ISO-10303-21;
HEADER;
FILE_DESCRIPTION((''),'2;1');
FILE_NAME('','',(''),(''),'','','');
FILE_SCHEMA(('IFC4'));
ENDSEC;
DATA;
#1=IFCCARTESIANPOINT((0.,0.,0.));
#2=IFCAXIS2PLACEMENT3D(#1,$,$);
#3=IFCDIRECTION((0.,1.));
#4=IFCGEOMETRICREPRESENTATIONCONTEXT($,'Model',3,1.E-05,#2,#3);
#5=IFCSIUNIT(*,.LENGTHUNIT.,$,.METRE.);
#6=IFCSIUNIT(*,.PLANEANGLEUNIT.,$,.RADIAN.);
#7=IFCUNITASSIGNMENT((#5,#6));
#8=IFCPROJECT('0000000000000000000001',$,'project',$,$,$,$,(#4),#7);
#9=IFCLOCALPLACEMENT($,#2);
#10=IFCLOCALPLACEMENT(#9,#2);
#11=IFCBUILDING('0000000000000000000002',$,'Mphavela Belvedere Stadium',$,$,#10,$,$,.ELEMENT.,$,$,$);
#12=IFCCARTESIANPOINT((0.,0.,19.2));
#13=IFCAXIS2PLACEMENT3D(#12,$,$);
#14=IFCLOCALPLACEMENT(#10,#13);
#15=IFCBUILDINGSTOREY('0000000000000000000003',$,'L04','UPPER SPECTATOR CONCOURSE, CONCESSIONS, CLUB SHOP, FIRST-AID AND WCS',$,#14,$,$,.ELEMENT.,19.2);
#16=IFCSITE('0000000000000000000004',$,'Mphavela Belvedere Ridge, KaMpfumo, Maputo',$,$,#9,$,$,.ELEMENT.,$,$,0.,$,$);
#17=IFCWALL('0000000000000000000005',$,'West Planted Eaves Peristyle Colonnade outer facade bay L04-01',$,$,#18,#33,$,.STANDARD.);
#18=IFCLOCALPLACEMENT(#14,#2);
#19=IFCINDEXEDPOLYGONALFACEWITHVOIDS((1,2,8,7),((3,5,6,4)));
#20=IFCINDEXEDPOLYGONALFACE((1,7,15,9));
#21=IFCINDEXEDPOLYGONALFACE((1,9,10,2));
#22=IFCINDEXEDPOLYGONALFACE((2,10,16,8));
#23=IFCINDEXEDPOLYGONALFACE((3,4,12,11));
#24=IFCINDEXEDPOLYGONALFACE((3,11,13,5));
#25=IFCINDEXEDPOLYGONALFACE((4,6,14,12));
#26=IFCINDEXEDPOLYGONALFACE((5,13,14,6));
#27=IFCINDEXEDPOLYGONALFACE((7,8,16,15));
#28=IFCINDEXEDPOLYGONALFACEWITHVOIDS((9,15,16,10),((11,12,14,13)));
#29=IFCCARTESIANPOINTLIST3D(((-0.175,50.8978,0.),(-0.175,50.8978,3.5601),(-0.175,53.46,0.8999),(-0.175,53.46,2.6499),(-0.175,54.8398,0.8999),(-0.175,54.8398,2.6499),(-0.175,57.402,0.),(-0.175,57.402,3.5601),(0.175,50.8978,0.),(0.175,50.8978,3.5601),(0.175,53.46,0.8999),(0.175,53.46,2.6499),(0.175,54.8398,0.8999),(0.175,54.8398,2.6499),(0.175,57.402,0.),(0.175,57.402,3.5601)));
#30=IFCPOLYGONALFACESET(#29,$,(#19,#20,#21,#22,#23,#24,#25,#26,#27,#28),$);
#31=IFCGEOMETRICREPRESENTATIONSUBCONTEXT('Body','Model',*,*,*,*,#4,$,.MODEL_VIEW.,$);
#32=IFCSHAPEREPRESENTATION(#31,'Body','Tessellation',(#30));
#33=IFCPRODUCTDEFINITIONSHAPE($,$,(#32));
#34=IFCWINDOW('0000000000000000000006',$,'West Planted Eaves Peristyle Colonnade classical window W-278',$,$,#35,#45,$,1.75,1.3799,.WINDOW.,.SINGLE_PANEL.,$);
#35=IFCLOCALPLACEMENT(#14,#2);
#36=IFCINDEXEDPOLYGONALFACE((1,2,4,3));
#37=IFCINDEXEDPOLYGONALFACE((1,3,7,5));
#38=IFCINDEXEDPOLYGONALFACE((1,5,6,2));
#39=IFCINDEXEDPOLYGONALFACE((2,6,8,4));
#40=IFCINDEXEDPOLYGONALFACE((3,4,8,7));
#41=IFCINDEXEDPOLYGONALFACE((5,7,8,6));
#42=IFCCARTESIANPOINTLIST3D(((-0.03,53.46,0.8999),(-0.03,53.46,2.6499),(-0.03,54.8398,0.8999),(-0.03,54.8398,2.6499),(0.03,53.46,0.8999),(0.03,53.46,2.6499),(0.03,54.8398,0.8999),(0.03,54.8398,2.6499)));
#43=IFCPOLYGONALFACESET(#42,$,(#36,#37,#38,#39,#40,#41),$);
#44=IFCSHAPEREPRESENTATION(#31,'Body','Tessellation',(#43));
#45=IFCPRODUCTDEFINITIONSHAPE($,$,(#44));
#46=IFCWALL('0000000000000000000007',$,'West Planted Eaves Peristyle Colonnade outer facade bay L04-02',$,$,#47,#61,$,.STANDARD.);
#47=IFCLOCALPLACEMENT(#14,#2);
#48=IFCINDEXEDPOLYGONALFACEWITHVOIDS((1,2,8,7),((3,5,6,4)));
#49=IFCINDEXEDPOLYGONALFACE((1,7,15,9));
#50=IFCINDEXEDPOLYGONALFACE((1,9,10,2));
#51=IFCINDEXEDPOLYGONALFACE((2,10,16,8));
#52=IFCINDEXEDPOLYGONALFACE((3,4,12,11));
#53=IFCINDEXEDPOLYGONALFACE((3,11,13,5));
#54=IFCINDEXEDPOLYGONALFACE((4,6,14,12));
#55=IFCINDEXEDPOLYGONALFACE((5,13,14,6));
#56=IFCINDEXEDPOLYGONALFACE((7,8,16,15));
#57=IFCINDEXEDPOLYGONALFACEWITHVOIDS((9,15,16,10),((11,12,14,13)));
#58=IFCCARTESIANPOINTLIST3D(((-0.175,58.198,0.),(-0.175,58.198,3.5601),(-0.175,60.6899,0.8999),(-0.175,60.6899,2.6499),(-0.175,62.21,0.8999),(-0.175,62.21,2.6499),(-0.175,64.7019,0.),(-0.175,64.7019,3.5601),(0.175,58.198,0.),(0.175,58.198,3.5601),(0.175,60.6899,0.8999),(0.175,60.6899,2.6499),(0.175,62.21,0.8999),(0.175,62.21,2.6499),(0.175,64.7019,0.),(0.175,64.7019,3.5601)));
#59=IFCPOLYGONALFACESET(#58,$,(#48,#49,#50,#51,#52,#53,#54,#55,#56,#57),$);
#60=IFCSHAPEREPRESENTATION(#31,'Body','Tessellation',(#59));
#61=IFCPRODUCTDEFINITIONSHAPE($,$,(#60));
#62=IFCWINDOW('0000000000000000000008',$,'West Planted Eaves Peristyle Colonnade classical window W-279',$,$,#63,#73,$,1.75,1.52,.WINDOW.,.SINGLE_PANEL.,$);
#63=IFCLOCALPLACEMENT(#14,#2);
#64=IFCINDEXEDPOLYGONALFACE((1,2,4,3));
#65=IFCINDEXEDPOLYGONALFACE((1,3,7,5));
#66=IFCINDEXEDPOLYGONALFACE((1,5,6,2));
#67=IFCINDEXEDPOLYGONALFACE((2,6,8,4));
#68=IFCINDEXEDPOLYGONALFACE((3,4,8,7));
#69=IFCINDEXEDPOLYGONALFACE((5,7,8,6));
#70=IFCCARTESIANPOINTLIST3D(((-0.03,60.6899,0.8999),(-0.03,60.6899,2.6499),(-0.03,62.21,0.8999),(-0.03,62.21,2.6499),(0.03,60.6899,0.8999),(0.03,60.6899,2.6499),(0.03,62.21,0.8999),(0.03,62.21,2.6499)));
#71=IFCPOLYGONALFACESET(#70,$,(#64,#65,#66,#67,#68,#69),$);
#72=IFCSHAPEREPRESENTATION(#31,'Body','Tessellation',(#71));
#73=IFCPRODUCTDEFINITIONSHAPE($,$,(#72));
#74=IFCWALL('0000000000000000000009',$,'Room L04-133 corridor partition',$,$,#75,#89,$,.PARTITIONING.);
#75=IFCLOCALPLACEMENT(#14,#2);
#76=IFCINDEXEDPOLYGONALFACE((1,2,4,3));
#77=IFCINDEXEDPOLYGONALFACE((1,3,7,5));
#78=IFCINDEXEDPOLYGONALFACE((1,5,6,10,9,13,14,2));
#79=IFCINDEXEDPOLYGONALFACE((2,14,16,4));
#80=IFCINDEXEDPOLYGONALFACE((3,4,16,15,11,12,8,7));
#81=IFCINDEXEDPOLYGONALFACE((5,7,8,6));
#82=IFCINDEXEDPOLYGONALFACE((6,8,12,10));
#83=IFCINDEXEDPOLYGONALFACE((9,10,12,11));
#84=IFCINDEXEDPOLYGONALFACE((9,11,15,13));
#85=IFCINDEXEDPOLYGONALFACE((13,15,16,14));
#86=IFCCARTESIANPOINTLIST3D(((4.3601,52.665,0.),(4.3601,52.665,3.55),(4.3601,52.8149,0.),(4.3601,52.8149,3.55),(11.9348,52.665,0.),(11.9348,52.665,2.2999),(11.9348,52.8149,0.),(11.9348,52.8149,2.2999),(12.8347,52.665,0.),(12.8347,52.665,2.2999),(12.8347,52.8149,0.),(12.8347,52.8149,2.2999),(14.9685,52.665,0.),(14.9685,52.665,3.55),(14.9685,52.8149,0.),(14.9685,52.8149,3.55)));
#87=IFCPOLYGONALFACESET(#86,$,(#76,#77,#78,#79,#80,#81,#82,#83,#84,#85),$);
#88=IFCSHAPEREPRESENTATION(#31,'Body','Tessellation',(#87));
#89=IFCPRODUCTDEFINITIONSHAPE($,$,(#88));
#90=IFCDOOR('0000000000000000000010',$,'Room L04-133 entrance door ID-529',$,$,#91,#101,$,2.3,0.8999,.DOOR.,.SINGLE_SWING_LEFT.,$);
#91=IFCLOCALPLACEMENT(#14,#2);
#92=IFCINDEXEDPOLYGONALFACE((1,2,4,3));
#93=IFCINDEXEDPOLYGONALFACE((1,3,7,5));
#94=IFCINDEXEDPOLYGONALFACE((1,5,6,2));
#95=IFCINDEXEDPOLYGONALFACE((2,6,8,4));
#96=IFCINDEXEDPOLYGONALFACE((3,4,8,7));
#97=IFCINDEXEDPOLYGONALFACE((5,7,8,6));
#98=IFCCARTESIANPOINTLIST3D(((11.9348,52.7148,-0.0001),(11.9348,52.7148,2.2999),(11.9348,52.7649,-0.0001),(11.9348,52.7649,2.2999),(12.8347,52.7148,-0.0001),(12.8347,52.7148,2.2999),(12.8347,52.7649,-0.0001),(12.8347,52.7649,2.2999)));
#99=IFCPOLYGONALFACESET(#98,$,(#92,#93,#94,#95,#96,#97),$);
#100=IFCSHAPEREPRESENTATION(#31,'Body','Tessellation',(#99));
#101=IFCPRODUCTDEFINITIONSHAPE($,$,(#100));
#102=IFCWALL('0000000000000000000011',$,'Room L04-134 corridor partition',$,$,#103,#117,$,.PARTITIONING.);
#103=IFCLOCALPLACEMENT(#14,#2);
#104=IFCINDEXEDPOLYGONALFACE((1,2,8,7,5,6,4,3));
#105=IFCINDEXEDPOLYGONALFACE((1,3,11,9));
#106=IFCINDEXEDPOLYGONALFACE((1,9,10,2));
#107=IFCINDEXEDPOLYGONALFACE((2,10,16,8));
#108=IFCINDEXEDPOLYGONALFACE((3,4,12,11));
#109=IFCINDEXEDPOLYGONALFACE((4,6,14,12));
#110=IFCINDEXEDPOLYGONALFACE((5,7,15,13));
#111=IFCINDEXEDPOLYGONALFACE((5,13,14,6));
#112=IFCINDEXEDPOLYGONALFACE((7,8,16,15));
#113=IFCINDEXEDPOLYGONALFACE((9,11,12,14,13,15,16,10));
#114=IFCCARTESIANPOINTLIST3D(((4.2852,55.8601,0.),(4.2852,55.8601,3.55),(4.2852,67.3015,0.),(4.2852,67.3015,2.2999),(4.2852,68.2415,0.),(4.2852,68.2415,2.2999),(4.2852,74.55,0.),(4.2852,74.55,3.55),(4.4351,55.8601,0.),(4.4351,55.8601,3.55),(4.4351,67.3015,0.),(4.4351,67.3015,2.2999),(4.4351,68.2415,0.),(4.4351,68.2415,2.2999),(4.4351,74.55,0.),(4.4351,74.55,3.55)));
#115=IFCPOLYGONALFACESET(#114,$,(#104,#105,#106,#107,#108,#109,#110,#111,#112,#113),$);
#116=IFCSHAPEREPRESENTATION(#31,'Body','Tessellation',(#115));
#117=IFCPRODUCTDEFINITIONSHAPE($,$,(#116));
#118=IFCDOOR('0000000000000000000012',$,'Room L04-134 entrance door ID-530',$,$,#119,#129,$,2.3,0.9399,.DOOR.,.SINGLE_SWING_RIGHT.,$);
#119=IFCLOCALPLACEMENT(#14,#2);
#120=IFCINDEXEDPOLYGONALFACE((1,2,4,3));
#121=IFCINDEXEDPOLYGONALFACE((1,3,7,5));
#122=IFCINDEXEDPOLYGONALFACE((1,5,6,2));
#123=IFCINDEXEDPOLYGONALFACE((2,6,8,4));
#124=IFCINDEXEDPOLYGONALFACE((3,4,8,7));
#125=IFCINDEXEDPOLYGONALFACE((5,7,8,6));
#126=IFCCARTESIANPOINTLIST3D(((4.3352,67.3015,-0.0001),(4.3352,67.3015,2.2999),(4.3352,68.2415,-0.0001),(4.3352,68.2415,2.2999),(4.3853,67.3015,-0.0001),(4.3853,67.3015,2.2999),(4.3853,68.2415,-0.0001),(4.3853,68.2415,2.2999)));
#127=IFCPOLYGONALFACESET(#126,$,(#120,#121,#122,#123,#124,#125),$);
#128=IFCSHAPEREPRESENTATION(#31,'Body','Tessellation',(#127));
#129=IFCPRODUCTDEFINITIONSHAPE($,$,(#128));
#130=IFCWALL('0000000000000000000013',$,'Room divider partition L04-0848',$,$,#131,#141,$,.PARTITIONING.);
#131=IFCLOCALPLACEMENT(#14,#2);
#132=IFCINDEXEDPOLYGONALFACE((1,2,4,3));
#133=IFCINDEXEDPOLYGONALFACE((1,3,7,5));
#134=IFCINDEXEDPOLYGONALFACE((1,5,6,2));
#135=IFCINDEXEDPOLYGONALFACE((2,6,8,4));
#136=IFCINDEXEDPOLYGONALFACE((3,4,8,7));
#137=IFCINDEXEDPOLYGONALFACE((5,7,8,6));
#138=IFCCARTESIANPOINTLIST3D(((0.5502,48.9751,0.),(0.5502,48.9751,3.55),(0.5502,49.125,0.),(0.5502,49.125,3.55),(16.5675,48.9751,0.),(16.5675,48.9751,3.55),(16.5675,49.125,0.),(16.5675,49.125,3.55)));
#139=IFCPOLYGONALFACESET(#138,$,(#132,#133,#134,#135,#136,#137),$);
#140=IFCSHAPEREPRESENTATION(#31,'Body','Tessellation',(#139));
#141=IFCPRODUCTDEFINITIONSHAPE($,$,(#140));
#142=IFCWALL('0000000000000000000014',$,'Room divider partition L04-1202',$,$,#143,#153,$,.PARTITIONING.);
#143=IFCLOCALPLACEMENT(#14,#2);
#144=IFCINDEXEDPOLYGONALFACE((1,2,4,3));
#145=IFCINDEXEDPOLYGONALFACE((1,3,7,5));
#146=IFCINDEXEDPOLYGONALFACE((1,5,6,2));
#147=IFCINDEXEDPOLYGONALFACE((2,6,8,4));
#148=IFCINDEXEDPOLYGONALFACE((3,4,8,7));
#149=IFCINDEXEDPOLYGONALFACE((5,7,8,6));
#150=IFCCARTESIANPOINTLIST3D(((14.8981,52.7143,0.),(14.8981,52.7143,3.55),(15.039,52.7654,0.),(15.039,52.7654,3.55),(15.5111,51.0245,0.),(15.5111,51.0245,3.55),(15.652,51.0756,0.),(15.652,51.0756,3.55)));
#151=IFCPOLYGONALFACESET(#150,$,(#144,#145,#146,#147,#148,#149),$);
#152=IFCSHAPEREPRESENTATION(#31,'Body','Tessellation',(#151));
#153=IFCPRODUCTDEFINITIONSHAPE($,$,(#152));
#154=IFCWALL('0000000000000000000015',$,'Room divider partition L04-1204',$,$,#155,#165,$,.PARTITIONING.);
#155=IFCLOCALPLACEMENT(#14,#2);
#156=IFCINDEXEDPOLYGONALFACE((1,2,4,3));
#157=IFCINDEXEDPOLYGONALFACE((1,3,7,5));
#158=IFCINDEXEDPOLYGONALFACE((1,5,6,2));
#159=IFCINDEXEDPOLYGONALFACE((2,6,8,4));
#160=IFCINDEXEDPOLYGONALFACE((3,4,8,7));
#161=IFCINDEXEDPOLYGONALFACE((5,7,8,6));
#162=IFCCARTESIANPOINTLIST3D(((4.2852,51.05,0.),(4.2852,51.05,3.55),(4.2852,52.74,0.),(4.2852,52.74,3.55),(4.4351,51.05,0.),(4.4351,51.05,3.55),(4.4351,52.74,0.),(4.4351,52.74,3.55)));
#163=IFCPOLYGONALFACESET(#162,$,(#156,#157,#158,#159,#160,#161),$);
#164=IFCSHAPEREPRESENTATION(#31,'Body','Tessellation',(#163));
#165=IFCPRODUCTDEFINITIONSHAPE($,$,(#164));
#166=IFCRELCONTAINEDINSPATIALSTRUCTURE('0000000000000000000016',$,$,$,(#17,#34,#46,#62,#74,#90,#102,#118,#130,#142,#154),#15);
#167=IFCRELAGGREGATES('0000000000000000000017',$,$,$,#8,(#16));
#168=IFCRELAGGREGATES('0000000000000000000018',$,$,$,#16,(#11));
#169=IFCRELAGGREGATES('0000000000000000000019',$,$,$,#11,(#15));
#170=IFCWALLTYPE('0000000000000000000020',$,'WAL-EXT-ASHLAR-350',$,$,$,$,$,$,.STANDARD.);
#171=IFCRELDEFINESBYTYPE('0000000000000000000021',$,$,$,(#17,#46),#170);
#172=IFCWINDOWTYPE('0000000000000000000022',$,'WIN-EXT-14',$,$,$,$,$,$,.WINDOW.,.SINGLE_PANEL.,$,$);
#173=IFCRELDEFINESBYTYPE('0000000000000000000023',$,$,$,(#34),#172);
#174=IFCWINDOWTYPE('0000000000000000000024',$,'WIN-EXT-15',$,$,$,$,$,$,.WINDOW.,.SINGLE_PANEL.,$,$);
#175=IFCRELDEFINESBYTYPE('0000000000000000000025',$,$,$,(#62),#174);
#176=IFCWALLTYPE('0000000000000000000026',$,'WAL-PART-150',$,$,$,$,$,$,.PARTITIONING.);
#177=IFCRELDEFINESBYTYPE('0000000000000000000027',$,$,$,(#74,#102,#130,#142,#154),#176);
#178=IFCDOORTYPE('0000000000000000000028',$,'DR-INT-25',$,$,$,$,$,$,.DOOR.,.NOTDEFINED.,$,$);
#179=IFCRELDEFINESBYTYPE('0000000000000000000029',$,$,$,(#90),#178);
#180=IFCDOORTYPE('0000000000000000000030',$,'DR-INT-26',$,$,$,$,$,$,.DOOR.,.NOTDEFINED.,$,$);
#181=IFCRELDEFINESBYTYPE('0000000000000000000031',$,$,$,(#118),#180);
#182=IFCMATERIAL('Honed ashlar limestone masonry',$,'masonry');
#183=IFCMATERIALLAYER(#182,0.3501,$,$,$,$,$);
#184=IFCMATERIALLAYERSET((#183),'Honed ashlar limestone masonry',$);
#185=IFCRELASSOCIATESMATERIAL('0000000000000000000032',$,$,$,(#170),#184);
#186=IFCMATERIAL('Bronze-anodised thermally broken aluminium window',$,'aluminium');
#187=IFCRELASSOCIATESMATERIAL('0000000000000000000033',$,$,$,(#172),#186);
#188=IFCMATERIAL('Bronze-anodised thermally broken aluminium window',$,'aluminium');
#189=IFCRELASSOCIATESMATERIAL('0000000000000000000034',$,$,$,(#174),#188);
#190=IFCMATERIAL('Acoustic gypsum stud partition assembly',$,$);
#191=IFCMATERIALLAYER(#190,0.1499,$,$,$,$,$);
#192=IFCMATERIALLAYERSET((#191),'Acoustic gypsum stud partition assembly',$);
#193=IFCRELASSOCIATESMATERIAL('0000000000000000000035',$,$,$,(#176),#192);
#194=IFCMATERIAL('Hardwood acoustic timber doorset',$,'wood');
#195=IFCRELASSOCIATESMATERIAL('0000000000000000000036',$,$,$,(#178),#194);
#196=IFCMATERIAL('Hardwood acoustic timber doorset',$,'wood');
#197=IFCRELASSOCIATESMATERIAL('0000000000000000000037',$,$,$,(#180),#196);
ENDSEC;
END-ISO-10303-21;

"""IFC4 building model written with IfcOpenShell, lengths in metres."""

from ifc_helpers import new_model, si_unit, direction, frame, frame_2d, origin, place, context, subcontext, project, spatial, rectangle, extrude, material, layer, layer_set, type_object, element, fill, save


model = new_model("IFC4")

# Units and contexts
model_context = context("Model", 3, precision=1e-05, world=origin(), true_north=direction((0.0, 1.0)))
body_context = subcontext(model_context, "Body", "Model", "MODEL_VIEW")
ifc_project = project(units=[si_unit("LENGTHUNIT", "METRE"), si_unit("PLANEANGLEUNIT", "RADIAN")], contexts=[model_context])

# Site, building, storey
site_placement = place(None, origin())
site = spatial("IfcSite", under=ifc_project, at=site_placement, Name="Mphavela Belvedere Ridge, KaMpfumo, Maputo", CompositionType="ELEMENT", RefElevation=0.0)
building_placement = place(site_placement, origin())
building = spatial("IfcBuilding", under=site, at=building_placement, Name="Mphavela Belvedere Stadium", CompositionType="ELEMENT")
storey_placement = place(building_placement, frame((0.0, 0.0, 19.2)))
storey = spatial("IfcBuildingStorey", under=building, at=storey_placement, Name="L04", Description="UPPER SPECTATOR CONCOURSE, CONCESSIONS, CLUB SHOP, FIRST-AID AND WCS", CompositionType="ELEMENT", Elevation=19.2)

# Walls, openings, windows
ifc_material_1 = material(Name="Honed ashlar limestone masonry", Category="masonry")
ifc_layer_1 = layer(ifc_material_1, 0.3501)
ifc_layer_set_1 = layer_set([ifc_layer_1], Name="Honed ashlar limestone masonry")
wall_type_1 = type_object("IfcWallType", Name="WAL-EXT-ASHLAR-350", PredefinedType="STANDARD", material=ifc_layer_set_1)
wall_1_placement = place(storey_placement, frame((0.0, 50.8979, 0.0), z_axis=(0.0, 0.0, 1.0), x_axis=(0.0, 1.0, 0.0)))
wall_1 = element("IfcWall", 1, at=wall_1_placement, inside=storey, type_object=wall_type_1, Name="West Planted Eaves Peristyle Colonnade outer facade bay L04-01", PredefinedType="STANDARD", context=body_context, shape_type="SweptSolid", body=[
    extrude(rectangle(XDim=6.5042, YDim=0.3501, at=frame_2d((3.252, 0.0))), origin(), (0.0, 0.0, 1.0), 3.5601),
])
opening_1_placement = place(wall_1_placement, frame((2.562, 0.0, 0.8999)))
opening_1 = element("IfcOpeningElement", 2, at=opening_1_placement, cuts=wall_1, PredefinedType="OPENING", context=body_context, shape_type="SweptSolid", body=[
    extrude(rectangle(XDim=1.3799, YDim=1.75, at=frame_2d((0.6899, 0.875))), frame((0.0, 0.1851, 0.0), z_axis=(0.0, -1.0, 0.0), x_axis=(1.0, 0.0, 0.0)), (0.0, 0.0, 1.0), 0.3701),
])
ifc_material_2 = material(Name="Bronze-anodised thermally broken aluminium window", Category="aluminium")
window_type_1 = type_object("IfcWindowType", Name="WIN-EXT-14", PartitioningType="SINGLE_PANEL", PredefinedType="WINDOW", material=ifc_material_2)
window_1_placement = place(opening_1_placement, origin())
window_1 = element("IfcWindow", 3, at=window_1_placement, inside=storey, type_object=window_type_1, Name="West Planted Eaves Peristyle Colonnade classical window W-278", OverallHeight=1.75, OverallWidth=1.3799, PartitioningType="SINGLE_PANEL", PredefinedType="WINDOW", context=body_context, shape_type="SweptSolid", body=[
    extrude(rectangle(XDim=1.3799, YDim=1.75, at=frame_2d((0.6899, 0.875))), frame((0.0, 0.03, 0.0), z_axis=(0.0, -1.0, 0.0), x_axis=(1.0, 0.0, 0.0)), (0.0, 0.0, 1.0), 0.0601),
])
fill(opening_1, window_1)
wall_2_placement = place(storey_placement, frame((0.0, 58.198, 0.0), z_axis=(0.0, 0.0, 1.0), x_axis=(0.0, 1.0, 0.0)))
wall_2 = element("IfcWall", 4, at=wall_2_placement, inside=storey, type_object=wall_type_1, Name="West Planted Eaves Peristyle Colonnade outer facade bay L04-02", PredefinedType="STANDARD", context=body_context, shape_type="SweptSolid", body=[
    extrude(rectangle(XDim=6.5039, YDim=0.3501, at=frame_2d((3.252, 0.0))), origin(), (0.0, 0.0, 1.0), 3.5601),
])
opening_2_placement = place(wall_2_placement, frame((2.4919, 0.0, 0.8999)))
opening_2 = element("IfcOpeningElement", 5, at=opening_2_placement, cuts=wall_2, PredefinedType="OPENING", context=body_context, shape_type="SweptSolid", body=[
    extrude(rectangle(XDim=1.52, YDim=1.75, at=frame_2d((0.76, 0.875))), frame((0.0, 0.1851, 0.0), z_axis=(0.0, -1.0, 0.0), x_axis=(1.0, 0.0, 0.0)), (0.0, 0.0, 1.0), 0.3701),
])
ifc_material_3 = material(Name="Bronze-anodised thermally broken aluminium window", Category="aluminium")
window_type_2 = type_object("IfcWindowType", Name="WIN-EXT-15", PartitioningType="SINGLE_PANEL", PredefinedType="WINDOW", material=ifc_material_3)
window_2_placement = place(opening_2_placement, origin())
window_2 = element("IfcWindow", 6, at=window_2_placement, inside=storey, type_object=window_type_2, Name="West Planted Eaves Peristyle Colonnade classical window W-279", OverallHeight=1.75, OverallWidth=1.52, PartitioningType="SINGLE_PANEL", PredefinedType="WINDOW", context=body_context, shape_type="SweptSolid", body=[
    extrude(rectangle(XDim=1.52, YDim=1.75, at=frame_2d((0.76, 0.875))), frame((0.0, 0.03, 0.0), z_axis=(0.0, -1.0, 0.0), x_axis=(1.0, 0.0, 0.0)), (0.0, 0.0, 1.0), 0.0601),
])
fill(opening_2, window_2)

# Walls, openings, doors
ifc_material_4 = material(Name="Acoustic gypsum stud partition assembly")
ifc_layer_2 = layer(ifc_material_4, 0.1499)
ifc_layer_set_2 = layer_set([ifc_layer_2], Name="Acoustic gypsum stud partition assembly")
wall_type_2 = type_object("IfcWallType", Name="WAL-PART-150", PredefinedType="PARTITIONING", material=ifc_layer_set_2)
wall_3_placement = place(storey_placement, frame((4.3601, 52.74, 0.0), z_axis=(0.0, 0.0, 1.0), x_axis=(1.0, 0.0, 0.0)))
wall_3 = element("IfcWall", 7, at=wall_3_placement, inside=storey, type_object=wall_type_2, Name="Room L04-133 corridor partition", PredefinedType="PARTITIONING", context=body_context, shape_type="SweptSolid", body=[
    extrude(rectangle(XDim=10.6084, YDim=0.1499, at=frame_2d((5.3042, 0.0))), origin(), (0.0, 0.0, 1.0), 3.55),
])
opening_3_placement = place(wall_3_placement, frame((7.5747, 0.0, 0.0)))
opening_3 = element("IfcOpeningElement", 8, at=opening_3_placement, cuts=wall_3, PredefinedType="OPENING", context=body_context, shape_type="SweptSolid", body=[
    extrude(rectangle(XDim=0.8999, YDim=2.3, at=frame_2d((0.45, 1.1499))), frame((0.0, 0.085, 0.0), z_axis=(0.0, -1.0, 0.0), x_axis=(1.0, 0.0, 0.0)), (0.0, 0.0, 1.0), 0.1699),
])
ifc_material_5 = material(Name="Hardwood acoustic timber doorset", Category="wood")
door_type_1 = type_object("IfcDoorType", Name="DR-INT-25", OperationType="NOTDEFINED", PredefinedType="DOOR", material=ifc_material_5)
door_1_placement = place(opening_3_placement, origin())
door_1 = element("IfcDoor", 9, at=door_1_placement, inside=storey, type_object=door_type_1, Name="Room L04-133 entrance door ID-529", OperationType="SINGLE_SWING_LEFT", OverallHeight=2.3, OverallWidth=0.8999, PredefinedType="DOOR", context=body_context, shape_type="SweptSolid", body=[
    extrude(rectangle(XDim=0.8999, YDim=2.3, at=frame_2d((0.45, 1.1499))), frame((0.0, 0.0249, 0.0), z_axis=(0.0, -1.0, 0.0), x_axis=(1.0, 0.0, 0.0)), (0.0, 0.0, 1.0), 0.05),
])
fill(opening_3, door_1)
wall_4_placement = place(storey_placement, frame((4.3601, 55.8601, 0.0), z_axis=(0.0, 0.0, 1.0), x_axis=(0.0, 1.0, 0.0)))
wall_4 = element("IfcWall", 10, at=wall_4_placement, inside=storey, type_object=wall_type_2, Name="Room L04-134 corridor partition", PredefinedType="PARTITIONING", context=body_context, shape_type="SweptSolid", body=[
    extrude(rectangle(XDim=18.6899, YDim=0.1499, at=frame_2d((9.345, 0.0))), origin(), (0.0, 0.0, 1.0), 3.55),
])
opening_4_placement = place(wall_4_placement, frame((11.4414, 0.0, 0.0)))
opening_4 = element("IfcOpeningElement", 11, at=opening_4_placement, cuts=wall_4, PredefinedType="OPENING", context=body_context, shape_type="SweptSolid", body=[
    extrude(rectangle(XDim=0.9399, YDim=2.3, at=frame_2d((0.47, 1.1499))), frame((0.0, 0.085, 0.0), z_axis=(0.0, -1.0, 0.0), x_axis=(1.0, 0.0, 0.0)), (0.0, 0.0, 1.0), 0.1699),
])
ifc_material_6 = material(Name="Hardwood acoustic timber doorset", Category="wood")
door_type_2 = type_object("IfcDoorType", Name="DR-INT-26", OperationType="NOTDEFINED", PredefinedType="DOOR", material=ifc_material_6)
door_2_placement = place(opening_4_placement, origin())
door_2 = element("IfcDoor", 12, at=door_2_placement, inside=storey, type_object=door_type_2, Name="Room L04-134 entrance door ID-530", OperationType="SINGLE_SWING_RIGHT", OverallHeight=2.3, OverallWidth=0.9399, PredefinedType="DOOR", context=body_context, shape_type="SweptSolid", body=[
    extrude(rectangle(XDim=0.9399, YDim=2.3, at=frame_2d((0.47, 1.1499))), frame((0.0, 0.0249, 0.0), z_axis=(0.0, -1.0, 0.0), x_axis=(1.0, 0.0, 0.0)), (0.0, 0.0, 1.0), 0.05),
])
fill(opening_4, door_2)

# Walls
wall_5_placement = place(storey_placement, frame((0.55, 49.05, 0.0), z_axis=(0.0, 0.0, 1.0), x_axis=(1.0, 0.0, 0.0)))
element("IfcWall", 13, at=wall_5_placement, inside=storey, type_object=wall_type_2, Name="Room divider partition L04-0848", PredefinedType="PARTITIONING", context=body_context, shape_type="SweptSolid", body=[
    extrude(rectangle(XDim=16.0173, YDim=0.1499, at=frame_2d((8.0088, 0.0))), origin(), (0.0, 0.0, 1.0), 3.55),
])
wall_6_placement = place(storey_placement, frame((14.9685, 52.74, 0.0), z_axis=(0.0, 0.0, 1.0), x_axis=(0.341012, -0.940059, 0.0)))
element("IfcWall", 14, at=wall_6_placement, inside=storey, type_object=wall_type_2, Name="Room divider partition L04-1202", PredefinedType="PARTITIONING", context=body_context, shape_type="SweptSolid", body=[
    extrude(rectangle(XDim=1.7976, YDim=0.1499, at=frame_2d((0.8989, 0.0))), origin(), (0.0, 0.0, 1.0), 3.55),
])
wall_7_placement = place(storey_placement, frame((4.3601, 51.05, 0.0), z_axis=(0.0, 0.0, 1.0), x_axis=(0.0, 1.0, 0.0)))
element("IfcWall", 15, at=wall_7_placement, inside=storey, type_object=wall_type_2, Name="Room divider partition L04-1204", PredefinedType="PARTITIONING", context=body_context, shape_type="SweptSolid", body=[
    extrude(rectangle(XDim=1.6899, YDim=0.1499, at=frame_2d((0.845, 0.0))), origin(), (0.0, 0.0, 1.0), 3.55),
])

save(model, "model.ifc")
